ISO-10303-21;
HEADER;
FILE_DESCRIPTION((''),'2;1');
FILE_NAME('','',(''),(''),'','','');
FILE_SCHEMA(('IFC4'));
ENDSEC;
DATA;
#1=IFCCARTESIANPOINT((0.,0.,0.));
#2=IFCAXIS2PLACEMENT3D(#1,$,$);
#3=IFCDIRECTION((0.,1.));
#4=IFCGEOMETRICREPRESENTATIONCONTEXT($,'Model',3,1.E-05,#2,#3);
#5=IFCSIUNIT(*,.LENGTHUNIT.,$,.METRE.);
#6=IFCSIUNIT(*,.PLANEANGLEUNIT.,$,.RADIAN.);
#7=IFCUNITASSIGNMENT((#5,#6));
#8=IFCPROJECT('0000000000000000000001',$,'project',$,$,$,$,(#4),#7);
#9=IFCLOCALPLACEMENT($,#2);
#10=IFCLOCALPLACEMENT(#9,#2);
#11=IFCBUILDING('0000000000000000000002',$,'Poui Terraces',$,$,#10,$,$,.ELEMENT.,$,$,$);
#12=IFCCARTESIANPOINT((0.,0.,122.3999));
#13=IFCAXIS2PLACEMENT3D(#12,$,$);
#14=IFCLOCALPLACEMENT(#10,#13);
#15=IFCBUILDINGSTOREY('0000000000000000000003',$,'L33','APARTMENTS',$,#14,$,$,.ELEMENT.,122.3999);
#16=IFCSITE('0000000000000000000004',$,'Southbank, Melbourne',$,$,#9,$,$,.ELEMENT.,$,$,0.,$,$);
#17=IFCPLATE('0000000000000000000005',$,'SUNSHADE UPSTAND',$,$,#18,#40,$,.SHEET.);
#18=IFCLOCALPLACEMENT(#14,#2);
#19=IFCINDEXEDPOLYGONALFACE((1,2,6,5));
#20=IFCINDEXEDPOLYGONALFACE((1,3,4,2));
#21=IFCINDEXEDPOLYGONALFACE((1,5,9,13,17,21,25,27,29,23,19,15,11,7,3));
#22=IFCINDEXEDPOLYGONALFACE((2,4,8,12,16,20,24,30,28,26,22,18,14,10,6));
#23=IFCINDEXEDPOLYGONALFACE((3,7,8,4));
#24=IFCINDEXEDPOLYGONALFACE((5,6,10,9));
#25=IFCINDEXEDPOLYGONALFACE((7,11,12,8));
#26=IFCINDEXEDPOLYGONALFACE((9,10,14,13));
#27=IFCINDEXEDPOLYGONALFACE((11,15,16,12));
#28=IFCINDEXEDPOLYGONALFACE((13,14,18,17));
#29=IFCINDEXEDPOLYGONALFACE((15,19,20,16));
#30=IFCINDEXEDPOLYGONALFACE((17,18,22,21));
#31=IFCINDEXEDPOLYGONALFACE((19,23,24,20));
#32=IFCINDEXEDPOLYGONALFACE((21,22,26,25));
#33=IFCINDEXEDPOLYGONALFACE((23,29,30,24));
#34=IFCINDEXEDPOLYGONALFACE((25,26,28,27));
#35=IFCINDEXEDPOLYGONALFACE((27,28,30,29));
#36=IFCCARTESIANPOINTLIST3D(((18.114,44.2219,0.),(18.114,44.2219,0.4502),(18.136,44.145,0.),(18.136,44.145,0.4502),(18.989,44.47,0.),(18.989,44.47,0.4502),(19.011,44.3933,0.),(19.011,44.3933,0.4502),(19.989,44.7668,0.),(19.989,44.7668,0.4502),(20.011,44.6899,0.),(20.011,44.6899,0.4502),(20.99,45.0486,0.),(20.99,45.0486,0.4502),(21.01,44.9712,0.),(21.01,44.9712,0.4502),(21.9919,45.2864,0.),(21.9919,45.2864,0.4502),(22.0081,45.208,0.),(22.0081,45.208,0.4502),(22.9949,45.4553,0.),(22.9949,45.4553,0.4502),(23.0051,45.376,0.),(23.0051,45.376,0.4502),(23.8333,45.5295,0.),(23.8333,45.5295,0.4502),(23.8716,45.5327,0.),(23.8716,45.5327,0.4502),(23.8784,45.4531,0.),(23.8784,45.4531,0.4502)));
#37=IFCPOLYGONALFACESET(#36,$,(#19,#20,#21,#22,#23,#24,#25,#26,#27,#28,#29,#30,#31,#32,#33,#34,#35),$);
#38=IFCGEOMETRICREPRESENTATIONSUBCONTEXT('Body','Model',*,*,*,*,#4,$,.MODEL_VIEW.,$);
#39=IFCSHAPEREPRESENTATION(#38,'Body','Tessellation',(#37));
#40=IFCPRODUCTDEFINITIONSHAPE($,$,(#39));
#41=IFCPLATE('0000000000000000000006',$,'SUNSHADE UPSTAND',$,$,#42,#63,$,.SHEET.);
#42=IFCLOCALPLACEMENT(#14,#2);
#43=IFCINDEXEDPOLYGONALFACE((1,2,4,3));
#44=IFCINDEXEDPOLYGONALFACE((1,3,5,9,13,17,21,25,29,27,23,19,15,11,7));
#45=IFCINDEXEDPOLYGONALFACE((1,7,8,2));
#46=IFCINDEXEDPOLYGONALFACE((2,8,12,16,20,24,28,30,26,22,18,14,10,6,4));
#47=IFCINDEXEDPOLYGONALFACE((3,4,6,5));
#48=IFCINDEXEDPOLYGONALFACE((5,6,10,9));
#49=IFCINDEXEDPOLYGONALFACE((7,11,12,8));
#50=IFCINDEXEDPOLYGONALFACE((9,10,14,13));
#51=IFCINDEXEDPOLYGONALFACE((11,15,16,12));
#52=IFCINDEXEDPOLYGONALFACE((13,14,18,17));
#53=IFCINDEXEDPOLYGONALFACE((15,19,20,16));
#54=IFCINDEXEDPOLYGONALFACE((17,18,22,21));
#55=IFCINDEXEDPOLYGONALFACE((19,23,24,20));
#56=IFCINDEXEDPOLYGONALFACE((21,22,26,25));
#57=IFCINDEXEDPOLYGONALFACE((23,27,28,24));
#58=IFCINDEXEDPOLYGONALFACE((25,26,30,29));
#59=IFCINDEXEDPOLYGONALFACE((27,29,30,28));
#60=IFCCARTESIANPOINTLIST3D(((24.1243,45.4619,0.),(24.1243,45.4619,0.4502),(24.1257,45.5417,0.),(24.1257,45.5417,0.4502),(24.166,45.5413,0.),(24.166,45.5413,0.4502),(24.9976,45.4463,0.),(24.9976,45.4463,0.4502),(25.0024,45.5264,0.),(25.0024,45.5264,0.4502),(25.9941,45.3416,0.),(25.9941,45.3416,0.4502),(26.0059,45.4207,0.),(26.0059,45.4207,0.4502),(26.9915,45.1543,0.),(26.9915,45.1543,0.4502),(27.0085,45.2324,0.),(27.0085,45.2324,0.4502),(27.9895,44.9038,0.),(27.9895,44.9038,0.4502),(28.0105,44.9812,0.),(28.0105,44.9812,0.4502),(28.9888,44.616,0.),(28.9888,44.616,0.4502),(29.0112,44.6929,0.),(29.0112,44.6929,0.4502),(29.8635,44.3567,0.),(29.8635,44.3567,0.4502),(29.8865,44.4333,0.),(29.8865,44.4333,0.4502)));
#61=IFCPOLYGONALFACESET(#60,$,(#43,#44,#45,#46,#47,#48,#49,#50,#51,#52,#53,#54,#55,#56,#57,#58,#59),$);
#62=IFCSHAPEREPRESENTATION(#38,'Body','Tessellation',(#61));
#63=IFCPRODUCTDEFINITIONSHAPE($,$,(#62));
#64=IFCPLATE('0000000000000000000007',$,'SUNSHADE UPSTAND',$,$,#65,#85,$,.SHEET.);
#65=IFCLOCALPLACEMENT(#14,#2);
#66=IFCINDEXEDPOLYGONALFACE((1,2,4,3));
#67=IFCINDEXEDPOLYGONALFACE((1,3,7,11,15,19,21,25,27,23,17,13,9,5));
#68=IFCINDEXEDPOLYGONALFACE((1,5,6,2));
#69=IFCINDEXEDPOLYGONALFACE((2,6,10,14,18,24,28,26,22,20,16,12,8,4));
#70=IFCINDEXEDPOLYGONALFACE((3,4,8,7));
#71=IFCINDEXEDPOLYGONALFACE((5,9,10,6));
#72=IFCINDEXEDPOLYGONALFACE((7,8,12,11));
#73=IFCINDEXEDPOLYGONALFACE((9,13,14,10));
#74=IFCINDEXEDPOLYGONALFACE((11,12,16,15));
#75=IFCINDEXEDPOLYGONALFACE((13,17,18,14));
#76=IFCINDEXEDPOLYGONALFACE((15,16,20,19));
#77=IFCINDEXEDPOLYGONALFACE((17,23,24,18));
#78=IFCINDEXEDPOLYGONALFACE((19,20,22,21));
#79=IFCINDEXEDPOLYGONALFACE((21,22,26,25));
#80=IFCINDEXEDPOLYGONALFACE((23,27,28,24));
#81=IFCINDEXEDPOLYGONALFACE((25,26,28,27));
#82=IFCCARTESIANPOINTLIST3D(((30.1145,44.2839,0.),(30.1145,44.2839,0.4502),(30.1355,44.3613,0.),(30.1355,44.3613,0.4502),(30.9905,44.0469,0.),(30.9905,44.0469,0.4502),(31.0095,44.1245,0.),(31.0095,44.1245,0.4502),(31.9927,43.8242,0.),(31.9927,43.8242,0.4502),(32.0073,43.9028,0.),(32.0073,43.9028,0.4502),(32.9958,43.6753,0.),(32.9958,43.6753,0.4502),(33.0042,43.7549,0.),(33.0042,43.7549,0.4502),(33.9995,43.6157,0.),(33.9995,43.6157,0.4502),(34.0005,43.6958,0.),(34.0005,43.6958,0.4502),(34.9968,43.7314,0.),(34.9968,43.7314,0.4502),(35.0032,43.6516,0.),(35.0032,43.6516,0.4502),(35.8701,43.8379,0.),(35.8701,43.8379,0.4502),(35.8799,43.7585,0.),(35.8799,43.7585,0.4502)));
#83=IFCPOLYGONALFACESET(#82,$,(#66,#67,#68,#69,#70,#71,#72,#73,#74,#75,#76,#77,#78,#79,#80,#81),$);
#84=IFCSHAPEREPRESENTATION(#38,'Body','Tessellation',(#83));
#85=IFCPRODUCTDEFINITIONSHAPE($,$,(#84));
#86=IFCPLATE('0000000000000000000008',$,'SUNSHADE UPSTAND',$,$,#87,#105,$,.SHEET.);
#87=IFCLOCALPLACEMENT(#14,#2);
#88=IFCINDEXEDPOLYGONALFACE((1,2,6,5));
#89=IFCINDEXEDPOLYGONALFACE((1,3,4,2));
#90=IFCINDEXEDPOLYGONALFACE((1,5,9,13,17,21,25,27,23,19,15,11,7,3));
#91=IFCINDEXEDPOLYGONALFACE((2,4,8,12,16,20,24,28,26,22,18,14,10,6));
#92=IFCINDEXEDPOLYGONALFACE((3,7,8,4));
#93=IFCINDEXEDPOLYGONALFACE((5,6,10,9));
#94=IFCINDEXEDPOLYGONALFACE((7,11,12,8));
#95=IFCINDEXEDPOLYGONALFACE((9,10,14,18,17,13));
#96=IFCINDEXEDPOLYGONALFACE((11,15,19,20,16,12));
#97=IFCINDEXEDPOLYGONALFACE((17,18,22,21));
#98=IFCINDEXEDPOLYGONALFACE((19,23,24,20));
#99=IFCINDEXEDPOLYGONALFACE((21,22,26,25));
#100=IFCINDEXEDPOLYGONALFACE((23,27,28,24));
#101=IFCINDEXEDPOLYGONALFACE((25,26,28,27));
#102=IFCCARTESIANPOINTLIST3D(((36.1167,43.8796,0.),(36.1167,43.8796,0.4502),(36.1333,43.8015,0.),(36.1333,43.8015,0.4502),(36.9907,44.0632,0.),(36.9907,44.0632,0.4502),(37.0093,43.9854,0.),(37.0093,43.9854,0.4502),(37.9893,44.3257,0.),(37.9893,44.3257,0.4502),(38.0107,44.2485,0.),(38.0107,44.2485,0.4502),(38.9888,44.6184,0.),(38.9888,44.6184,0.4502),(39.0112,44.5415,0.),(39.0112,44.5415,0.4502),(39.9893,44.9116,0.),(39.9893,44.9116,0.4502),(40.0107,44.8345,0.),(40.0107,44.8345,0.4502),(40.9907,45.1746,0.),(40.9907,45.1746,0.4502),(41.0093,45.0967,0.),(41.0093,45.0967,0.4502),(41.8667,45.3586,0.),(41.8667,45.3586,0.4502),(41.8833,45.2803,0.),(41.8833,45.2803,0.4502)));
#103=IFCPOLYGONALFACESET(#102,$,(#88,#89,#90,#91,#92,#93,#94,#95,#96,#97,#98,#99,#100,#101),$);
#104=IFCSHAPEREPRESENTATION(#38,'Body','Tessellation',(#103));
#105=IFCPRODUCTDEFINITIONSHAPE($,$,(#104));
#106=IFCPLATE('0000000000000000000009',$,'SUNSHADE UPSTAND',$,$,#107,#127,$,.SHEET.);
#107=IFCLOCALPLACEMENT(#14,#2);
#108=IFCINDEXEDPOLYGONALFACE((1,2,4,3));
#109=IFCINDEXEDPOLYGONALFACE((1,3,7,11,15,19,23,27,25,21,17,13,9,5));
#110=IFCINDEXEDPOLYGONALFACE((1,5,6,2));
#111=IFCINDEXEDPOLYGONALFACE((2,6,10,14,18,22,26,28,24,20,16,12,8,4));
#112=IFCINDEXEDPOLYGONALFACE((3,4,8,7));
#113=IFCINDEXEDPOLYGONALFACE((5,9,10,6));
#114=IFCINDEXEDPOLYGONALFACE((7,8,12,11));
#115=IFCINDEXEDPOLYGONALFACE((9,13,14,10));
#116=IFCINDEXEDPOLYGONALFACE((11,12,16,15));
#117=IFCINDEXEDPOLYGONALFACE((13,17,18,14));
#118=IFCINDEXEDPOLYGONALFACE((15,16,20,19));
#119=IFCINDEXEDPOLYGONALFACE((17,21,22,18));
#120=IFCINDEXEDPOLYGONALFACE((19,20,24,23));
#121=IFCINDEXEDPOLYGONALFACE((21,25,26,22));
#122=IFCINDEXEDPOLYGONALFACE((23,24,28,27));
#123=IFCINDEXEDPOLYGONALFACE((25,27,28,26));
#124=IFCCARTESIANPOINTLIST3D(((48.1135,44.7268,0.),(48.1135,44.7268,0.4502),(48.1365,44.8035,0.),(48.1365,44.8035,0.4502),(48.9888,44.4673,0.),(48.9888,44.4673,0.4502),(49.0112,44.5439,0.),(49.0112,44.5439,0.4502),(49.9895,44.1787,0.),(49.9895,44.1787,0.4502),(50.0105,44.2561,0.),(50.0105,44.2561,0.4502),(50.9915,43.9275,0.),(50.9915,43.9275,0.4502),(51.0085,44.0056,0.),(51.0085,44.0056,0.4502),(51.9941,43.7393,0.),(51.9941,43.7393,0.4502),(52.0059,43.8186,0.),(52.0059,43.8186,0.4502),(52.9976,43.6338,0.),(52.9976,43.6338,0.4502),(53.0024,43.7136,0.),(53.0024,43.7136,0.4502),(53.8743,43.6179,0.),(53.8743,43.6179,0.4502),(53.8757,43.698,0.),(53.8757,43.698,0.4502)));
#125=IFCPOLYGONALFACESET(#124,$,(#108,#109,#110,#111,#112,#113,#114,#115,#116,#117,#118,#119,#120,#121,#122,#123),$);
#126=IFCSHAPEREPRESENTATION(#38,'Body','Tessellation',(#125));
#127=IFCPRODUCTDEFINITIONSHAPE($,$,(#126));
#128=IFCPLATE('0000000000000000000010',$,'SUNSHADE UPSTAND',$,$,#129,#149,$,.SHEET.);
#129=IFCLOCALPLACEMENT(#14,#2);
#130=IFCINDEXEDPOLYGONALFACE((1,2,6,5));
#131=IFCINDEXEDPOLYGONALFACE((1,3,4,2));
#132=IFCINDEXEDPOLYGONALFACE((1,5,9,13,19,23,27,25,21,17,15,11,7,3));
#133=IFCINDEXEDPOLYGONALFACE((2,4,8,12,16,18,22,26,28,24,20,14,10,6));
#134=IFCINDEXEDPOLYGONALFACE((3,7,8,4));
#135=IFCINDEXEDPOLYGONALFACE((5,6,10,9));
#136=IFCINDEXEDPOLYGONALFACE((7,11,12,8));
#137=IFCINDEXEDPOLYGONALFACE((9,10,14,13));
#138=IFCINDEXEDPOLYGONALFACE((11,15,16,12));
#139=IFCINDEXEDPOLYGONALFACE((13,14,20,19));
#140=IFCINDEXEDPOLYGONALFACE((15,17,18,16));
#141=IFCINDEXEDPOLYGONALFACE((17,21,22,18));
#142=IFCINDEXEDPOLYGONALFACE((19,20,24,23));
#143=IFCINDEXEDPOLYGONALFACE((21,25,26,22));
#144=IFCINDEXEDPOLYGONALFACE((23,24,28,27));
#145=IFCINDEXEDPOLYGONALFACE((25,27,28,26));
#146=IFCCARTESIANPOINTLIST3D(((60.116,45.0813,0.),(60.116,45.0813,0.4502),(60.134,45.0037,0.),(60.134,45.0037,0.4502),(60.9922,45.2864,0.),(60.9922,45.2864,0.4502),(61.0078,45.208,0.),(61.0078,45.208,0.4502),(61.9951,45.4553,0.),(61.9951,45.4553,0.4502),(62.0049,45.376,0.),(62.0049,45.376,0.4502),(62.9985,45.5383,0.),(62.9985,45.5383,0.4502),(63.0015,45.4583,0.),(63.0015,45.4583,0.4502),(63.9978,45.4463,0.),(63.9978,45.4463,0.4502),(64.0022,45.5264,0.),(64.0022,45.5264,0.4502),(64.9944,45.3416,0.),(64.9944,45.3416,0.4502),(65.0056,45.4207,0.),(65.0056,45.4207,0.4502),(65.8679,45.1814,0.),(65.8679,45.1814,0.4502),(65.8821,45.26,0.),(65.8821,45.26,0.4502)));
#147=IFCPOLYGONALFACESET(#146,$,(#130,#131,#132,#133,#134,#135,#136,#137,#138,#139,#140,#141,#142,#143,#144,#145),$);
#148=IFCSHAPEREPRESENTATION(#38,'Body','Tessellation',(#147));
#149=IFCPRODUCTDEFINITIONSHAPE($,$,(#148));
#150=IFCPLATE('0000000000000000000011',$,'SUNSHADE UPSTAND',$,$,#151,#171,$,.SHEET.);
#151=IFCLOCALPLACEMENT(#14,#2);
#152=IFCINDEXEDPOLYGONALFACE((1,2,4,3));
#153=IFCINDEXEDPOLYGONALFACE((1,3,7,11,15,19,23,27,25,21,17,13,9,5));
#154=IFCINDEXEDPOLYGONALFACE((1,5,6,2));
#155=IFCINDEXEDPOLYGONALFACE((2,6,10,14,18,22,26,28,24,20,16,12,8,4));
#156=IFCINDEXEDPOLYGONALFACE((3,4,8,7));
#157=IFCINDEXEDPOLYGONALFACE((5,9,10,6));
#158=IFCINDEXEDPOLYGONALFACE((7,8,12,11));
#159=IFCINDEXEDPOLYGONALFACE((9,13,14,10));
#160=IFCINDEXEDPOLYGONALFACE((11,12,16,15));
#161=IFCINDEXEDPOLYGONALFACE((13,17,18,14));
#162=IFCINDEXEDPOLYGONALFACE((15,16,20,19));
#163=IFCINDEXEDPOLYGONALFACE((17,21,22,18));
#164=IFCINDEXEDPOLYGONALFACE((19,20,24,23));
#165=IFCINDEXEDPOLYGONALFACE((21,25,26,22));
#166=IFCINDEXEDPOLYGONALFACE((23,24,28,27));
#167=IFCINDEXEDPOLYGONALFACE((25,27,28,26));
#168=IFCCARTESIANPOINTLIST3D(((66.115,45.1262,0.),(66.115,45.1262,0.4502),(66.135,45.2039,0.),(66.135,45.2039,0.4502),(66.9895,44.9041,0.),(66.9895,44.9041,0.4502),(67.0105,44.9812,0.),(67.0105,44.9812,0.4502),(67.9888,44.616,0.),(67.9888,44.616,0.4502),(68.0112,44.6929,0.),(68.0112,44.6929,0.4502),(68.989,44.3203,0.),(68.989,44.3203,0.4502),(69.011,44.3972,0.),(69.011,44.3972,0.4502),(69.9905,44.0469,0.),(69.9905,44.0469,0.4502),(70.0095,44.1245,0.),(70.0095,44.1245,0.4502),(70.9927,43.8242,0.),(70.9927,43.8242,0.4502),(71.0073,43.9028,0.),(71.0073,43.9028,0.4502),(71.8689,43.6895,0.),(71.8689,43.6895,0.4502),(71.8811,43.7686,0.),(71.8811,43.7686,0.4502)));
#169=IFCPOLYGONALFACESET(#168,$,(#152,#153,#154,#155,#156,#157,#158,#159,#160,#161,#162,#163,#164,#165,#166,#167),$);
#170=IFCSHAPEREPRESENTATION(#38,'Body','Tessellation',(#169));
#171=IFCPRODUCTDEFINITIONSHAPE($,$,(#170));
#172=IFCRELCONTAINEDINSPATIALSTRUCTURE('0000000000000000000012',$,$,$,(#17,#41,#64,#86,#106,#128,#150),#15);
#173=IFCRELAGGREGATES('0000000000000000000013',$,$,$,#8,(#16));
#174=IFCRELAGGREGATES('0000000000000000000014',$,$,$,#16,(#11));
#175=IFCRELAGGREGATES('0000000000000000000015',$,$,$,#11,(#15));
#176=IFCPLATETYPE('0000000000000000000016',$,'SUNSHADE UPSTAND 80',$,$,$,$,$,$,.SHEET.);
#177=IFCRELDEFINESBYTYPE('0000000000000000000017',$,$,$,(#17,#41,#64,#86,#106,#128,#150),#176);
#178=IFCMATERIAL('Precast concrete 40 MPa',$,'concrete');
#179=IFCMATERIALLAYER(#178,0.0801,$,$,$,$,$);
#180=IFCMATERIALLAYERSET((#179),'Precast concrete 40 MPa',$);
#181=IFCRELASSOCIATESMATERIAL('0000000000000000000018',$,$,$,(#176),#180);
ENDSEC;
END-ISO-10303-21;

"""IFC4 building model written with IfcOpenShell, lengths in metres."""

from ifc_helpers import new_model, si_unit, direction, frame, origin, place, context, subcontext, project, spatial, polyline, outline, extrude, material, layer, layer_set, type_object, element, save


model = new_model("IFC4")

# Units and contexts
model_context = context("Model", 3, precision=1e-05, world=origin(), true_north=direction((0.0, 1.0)))
body_context = subcontext(model_context, "Body", "Model", "MODEL_VIEW")
ifc_project = project(units=[si_unit("LENGTHUNIT", "METRE"), si_unit("PLANEANGLEUNIT", "RADIAN")], contexts=[model_context])

# Site, building, storey
site_placement = place(None, origin())
site = spatial("IfcSite", under=ifc_project, at=site_placement, Name="Southbank, Melbourne", CompositionType="ELEMENT", RefElevation=0.0)
building_placement = place(site_placement, origin())
building = spatial("IfcBuilding", under=site, at=building_placement, Name="Poui Terraces", CompositionType="ELEMENT")
storey_placement = place(building_placement, frame((0.0, 0.0, 122.3999)))
storey = spatial("IfcBuildingStorey", under=building, at=storey_placement, Name="L33", Description="APARTMENTS", CompositionType="ELEMENT", Elevation=122.3999)

# Shared definitions
ifc_material_1 = material(Name="Precast concrete 40 MPa", Category="concrete")

# Plates
ifc_layer_1 = layer(ifc_material_1, 0.0801)
ifc_layer_set_1 = layer_set([ifc_layer_1], Name="Precast concrete 40 MPa")
plate_type = type_object("IfcPlateType", Name="SUNSHADE UPSTAND 80", PredefinedType="SHEET", material=ifc_layer_set_1)
plate_1_placement = place(storey_placement, origin())
element("IfcPlate", 1, at=plate_1_placement, inside=storey, type_object=plate_type, Name="SUNSHADE UPSTAND", PredefinedType="SHEET", context=body_context, shape_type="SweptSolid", body=[
    extrude(outline(polyline([(18.989, 44.47), (18.114, 44.2219), (18.136, 44.145), (19.011, 44.3933), (20.011, 44.6899), (21.01, 44.9712), (22.0081, 45.208), (23.0051, 45.376), (23.8784, 45.4531), (23.8716, 45.5327), (23.8333, 45.5295), (22.9949, 45.4553), (21.9919, 45.2864), (20.99, 45.0486), (19.989, 44.7668), (18.989, 44.47)])), origin(), (0.0, 0.0, 1.0), 0.4502),
])
plate_2_placement = place(storey_placement, origin())
element("IfcPlate", 2, at=plate_2_placement, inside=storey, type_object=plate_type, Name="SUNSHADE UPSTAND", PredefinedType="SHEET", context=body_context, shape_type="SweptSolid", body=[
    extrude(outline(polyline([(25.0024, 45.5264), (24.166, 45.5413), (24.1257, 45.5417), (24.1243, 45.4619), (24.9976, 45.4463), (25.9941, 45.3416), (26.9915, 45.1543), (27.9895, 44.9038), (28.9888, 44.616), (29.8635, 44.3567), (29.8865, 44.4333), (29.0112, 44.6929), (28.0105, 44.9812), (27.0085, 45.2324), (26.0059, 45.4207), (25.0024, 45.5264)])), origin(), (0.0, 0.0, 1.0), 0.4502),
])
plate_3_placement = place(storey_placement, origin())
element("IfcPlate", 3, at=plate_3_placement, inside=storey, type_object=plate_type, Name="SUNSHADE UPSTAND", PredefinedType="SHEET", context=body_context, shape_type="SweptSolid", body=[
    extrude(outline(polyline([(31.0095, 44.1245), (30.1355, 44.3613), (30.1145, 44.2839), (30.9905, 44.0469), (31.9927, 43.8242), (32.9958, 43.6753), (33.9995, 43.6157), (35.0032, 43.6516), (35.8799, 43.7585), (35.8701, 43.8379), (34.9968, 43.7314), (34.0005, 43.6958), (33.0042, 43.7549), (32.0073, 43.9028), (31.0095, 44.1245)])), origin(), (0.0, 0.0, 1.0), 0.4502),
])
plate_4_placement = place(storey_placement, origin())
element("IfcPlate", 4, at=plate_4_placement, inside=storey, type_object=plate_type, Name="SUNSHADE UPSTAND", PredefinedType="SHEET", context=body_context, shape_type="SweptSolid", body=[
    extrude(outline(polyline([(36.9907, 44.0632), (36.1167, 43.8796), (36.1333, 43.8015), (37.0093, 43.9854), (38.0107, 44.2485), (39.0112, 44.5415), (40.0107, 44.8345), (41.0093, 45.0967), (41.8833, 45.2803), (41.8667, 45.3586), (40.9907, 45.1746), (39.9893, 44.9116), (38.9888, 44.6184), (37.9893, 44.3257), (36.9907, 44.0632)])), origin(), (0.0, 0.0, 1.0), 0.4502),
])
plate_5_placement = place(storey_placement, origin())
element("IfcPlate", 5, at=plate_5_placement, inside=storey, type_object=plate_type, Name="SUNSHADE UPSTAND", PredefinedType="SHEET", context=body_context, shape_type="SweptSolid", body=[
    extrude(outline(polyline([(49.0112, 44.5439), (48.1365, 44.8035), (48.1135, 44.7268), (48.9888, 44.4673), (49.9895, 44.1787), (50.9915, 43.9275), (51.9941, 43.7393), (52.9976, 43.6338), (53.8743, 43.6179), (53.8757, 43.698), (53.0024, 43.7136), (52.0059, 43.8186), (51.0085, 44.0056), (50.0105, 44.2561), (49.0112, 44.5439)])), origin(), (0.0, 0.0, 1.0), 0.4502),
])
plate_6_placement = place(storey_placement, origin())
element("IfcPlate", 6, at=plate_6_placement, inside=storey, type_object=plate_type, Name="SUNSHADE UPSTAND", PredefinedType="SHEET", context=body_context, shape_type="SweptSolid", body=[
    extrude(outline(polyline([(60.9922, 45.2864), (60.116, 45.0813), (60.134, 45.0037), (61.0078, 45.208), (62.0049, 45.376), (63.0015, 45.4583), (63.9978, 45.4463), (64.9944, 45.3416), (65.8679, 45.1814), (65.8821, 45.26), (65.0056, 45.4207), (64.0022, 45.5264), (62.9985, 45.5383), (61.9951, 45.4553), (60.9922, 45.2864)])), origin(), (0.0, 0.0, 1.0), 0.4502),
])
plate_7_placement = place(storey_placement, origin())
element("IfcPlate", 7, at=plate_7_placement, inside=storey, type_object=plate_type, Name="SUNSHADE UPSTAND", PredefinedType="SHEET", context=body_context, shape_type="SweptSolid", body=[
    extrude(outline(polyline([(67.0105, 44.9812), (66.135, 45.2039), (66.115, 45.1262), (66.9895, 44.9041), (67.9888, 44.616), (68.989, 44.3203), (69.9905, 44.0469), (70.9927, 43.8242), (71.8689, 43.6895), (71.8811, 43.7686), (71.0073, 43.9028), (70.0095, 44.1245), (69.011, 44.3972), (68.0112, 44.6929), (67.0105, 44.9812)])), origin(), (0.0, 0.0, 1.0), 0.4502),
])

save(model, "model.ifc")
